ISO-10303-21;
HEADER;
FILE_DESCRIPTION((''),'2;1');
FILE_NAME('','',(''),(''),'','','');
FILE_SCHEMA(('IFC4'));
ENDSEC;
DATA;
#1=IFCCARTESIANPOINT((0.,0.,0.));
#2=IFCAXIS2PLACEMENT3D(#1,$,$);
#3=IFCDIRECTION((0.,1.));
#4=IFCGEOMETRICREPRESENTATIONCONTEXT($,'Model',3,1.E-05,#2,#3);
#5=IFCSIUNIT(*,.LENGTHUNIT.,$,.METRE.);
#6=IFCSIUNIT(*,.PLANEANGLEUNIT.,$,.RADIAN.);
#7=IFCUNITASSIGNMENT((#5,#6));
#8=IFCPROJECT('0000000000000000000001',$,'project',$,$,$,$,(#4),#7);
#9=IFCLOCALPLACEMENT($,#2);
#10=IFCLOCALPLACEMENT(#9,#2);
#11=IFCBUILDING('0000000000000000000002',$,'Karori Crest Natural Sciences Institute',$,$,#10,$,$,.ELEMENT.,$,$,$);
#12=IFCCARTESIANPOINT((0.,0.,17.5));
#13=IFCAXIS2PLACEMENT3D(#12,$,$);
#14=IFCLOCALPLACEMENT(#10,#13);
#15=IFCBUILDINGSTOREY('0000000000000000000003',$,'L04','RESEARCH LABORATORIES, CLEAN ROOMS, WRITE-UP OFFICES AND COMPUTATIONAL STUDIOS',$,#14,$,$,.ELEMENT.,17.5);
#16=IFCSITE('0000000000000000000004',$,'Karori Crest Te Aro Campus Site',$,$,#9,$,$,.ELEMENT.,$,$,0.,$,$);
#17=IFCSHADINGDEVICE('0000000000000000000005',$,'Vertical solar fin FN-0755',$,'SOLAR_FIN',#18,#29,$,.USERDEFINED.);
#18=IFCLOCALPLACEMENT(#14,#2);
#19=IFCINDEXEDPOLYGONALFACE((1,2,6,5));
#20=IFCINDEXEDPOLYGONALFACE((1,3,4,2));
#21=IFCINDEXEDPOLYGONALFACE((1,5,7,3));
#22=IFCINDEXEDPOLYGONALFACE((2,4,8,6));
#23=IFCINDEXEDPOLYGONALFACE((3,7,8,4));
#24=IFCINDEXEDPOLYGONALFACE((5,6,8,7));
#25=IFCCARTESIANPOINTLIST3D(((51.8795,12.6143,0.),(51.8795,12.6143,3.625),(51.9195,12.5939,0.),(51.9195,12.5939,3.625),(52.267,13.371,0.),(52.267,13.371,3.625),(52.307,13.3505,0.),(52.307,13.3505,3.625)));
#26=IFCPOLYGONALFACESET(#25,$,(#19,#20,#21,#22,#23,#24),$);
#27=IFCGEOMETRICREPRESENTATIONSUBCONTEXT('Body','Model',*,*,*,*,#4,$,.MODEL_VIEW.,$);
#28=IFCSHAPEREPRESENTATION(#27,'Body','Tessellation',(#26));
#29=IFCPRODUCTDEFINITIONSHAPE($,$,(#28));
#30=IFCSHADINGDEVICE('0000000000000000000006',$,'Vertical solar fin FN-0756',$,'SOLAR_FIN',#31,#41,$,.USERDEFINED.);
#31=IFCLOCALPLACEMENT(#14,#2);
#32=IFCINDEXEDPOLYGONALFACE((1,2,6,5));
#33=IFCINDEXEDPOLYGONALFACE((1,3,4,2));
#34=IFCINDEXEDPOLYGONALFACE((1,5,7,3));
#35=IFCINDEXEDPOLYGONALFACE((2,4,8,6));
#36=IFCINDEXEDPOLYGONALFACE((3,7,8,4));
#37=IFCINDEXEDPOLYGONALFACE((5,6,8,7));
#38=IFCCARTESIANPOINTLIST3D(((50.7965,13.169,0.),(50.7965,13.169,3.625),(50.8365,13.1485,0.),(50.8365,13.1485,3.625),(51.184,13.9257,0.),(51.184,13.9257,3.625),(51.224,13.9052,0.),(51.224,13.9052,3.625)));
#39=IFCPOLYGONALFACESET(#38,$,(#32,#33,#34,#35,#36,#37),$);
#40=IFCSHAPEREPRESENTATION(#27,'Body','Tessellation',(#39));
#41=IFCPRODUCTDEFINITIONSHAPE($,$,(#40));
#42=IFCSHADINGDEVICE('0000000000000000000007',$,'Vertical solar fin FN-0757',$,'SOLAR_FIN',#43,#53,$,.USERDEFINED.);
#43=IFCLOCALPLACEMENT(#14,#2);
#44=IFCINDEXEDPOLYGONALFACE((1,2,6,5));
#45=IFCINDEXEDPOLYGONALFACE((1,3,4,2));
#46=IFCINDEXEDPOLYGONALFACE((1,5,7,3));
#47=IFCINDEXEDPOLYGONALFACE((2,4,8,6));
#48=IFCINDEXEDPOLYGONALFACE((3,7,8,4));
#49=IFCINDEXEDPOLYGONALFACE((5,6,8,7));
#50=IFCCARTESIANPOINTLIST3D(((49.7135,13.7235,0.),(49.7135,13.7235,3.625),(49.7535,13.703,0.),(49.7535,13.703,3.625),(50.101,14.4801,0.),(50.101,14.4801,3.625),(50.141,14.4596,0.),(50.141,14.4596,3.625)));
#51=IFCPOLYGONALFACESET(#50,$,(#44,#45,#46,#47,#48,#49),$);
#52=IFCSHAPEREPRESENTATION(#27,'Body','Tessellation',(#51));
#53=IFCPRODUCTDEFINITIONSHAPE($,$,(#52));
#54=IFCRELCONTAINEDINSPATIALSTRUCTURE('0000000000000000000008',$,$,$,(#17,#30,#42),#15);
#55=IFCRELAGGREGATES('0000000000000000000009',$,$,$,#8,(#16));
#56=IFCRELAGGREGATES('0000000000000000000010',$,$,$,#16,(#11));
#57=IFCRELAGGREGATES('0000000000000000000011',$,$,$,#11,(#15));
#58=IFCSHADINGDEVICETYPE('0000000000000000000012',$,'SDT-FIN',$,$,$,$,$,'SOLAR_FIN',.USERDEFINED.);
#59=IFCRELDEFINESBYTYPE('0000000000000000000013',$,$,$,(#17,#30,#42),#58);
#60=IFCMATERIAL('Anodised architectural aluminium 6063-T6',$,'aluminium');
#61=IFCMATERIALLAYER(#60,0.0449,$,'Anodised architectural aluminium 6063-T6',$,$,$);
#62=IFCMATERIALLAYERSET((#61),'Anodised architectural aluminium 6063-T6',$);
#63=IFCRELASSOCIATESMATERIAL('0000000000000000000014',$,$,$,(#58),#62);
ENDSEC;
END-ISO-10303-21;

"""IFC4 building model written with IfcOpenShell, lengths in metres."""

from ifc_helpers import new_model, si_unit, direction, frame, origin, origin_2d, place, context, subcontext, project, spatial, rectangle, extrude, material, layer, layer_set, type_object, element, save


model = new_model("IFC4")

# Units and contexts
model_context = context("Model", 3, precision=1e-05, world=origin(), true_north=direction((0.0, 1.0)))
body_context = subcontext(model_context, "Body", "Model", "MODEL_VIEW")
ifc_project = project(units=[si_unit("LENGTHUNIT", "METRE"), si_unit("PLANEANGLEUNIT", "RADIAN")], contexts=[model_context])

# Site, building, storey
site_placement = place(None, origin())
site = spatial("IfcSite", under=ifc_project, at=site_placement, Name="Karori Crest Te Aro Campus Site", CompositionType="ELEMENT", RefElevation=0.0)
building_placement = place(site_placement, origin())
building = spatial("IfcBuilding", under=site, at=building_placement, Name="Karori Crest Natural Sciences Institute", CompositionType="ELEMENT")
storey_placement = place(building_placement, frame((0.0, 0.0, 17.5)))
storey = spatial("IfcBuildingStorey", under=building, at=storey_placement, Name="L04", Description="RESEARCH LABORATORIES, CLEAN ROOMS, WRITE-UP OFFICES AND COMPUTATIONAL STUDIOS", CompositionType="ELEMENT", Elevation=17.5)

# Shared definitions
ifc_material_1 = material(Name="Anodised architectural aluminium 6063-T6", Category="aluminium")

# Shading devices
ifc_layer_1 = layer(ifc_material_1, 0.0449, Name="Anodised architectural aluminium 6063-T6")
ifc_layer_set_1 = layer_set([ifc_layer_1], Name="Anodised architectural aluminium 6063-T6")
shading_device_type = type_object("IfcShadingDeviceType", Name="SDT-FIN", ElementType="SOLAR_FIN", PredefinedType="USERDEFINED", material=ifc_layer_set_1)
for number, where, z_axis, x_axis, name in (
    (1, (52.0933, 12.9824, 0.0), (0.0, 0.0, 1.0), (-0.455829, -0.890067, 0.0), "Vertical solar fin FN-0755"),
    (2, (51.0103, 13.5371, 0.0), (0.0, 0.0, 1.0), (-0.455829, -0.890067, 0.0), "Vertical solar fin FN-0756"),
    (3, (49.9272, 14.0916, 0.0), (0.0, 0.0, 1.0), (-0.455829, -0.890067, 0.0), "Vertical solar fin FN-0757"),
):
    element("IfcShadingDevice", number, at=place(storey_placement, frame(where, z_axis=z_axis, x_axis=x_axis)), inside=storey, type_object=shading_device_type, Name=name, ObjectType="SOLAR_FIN", PredefinedType="USERDEFINED", context=body_context, shape_type="SweptSolid", body=[
        extrude(rectangle(XDim=0.8501, YDim=0.0449, at=origin_2d()), origin(), (0.0, 0.0, 1.0), 3.625),
    ])

save(model, "model.ifc")
